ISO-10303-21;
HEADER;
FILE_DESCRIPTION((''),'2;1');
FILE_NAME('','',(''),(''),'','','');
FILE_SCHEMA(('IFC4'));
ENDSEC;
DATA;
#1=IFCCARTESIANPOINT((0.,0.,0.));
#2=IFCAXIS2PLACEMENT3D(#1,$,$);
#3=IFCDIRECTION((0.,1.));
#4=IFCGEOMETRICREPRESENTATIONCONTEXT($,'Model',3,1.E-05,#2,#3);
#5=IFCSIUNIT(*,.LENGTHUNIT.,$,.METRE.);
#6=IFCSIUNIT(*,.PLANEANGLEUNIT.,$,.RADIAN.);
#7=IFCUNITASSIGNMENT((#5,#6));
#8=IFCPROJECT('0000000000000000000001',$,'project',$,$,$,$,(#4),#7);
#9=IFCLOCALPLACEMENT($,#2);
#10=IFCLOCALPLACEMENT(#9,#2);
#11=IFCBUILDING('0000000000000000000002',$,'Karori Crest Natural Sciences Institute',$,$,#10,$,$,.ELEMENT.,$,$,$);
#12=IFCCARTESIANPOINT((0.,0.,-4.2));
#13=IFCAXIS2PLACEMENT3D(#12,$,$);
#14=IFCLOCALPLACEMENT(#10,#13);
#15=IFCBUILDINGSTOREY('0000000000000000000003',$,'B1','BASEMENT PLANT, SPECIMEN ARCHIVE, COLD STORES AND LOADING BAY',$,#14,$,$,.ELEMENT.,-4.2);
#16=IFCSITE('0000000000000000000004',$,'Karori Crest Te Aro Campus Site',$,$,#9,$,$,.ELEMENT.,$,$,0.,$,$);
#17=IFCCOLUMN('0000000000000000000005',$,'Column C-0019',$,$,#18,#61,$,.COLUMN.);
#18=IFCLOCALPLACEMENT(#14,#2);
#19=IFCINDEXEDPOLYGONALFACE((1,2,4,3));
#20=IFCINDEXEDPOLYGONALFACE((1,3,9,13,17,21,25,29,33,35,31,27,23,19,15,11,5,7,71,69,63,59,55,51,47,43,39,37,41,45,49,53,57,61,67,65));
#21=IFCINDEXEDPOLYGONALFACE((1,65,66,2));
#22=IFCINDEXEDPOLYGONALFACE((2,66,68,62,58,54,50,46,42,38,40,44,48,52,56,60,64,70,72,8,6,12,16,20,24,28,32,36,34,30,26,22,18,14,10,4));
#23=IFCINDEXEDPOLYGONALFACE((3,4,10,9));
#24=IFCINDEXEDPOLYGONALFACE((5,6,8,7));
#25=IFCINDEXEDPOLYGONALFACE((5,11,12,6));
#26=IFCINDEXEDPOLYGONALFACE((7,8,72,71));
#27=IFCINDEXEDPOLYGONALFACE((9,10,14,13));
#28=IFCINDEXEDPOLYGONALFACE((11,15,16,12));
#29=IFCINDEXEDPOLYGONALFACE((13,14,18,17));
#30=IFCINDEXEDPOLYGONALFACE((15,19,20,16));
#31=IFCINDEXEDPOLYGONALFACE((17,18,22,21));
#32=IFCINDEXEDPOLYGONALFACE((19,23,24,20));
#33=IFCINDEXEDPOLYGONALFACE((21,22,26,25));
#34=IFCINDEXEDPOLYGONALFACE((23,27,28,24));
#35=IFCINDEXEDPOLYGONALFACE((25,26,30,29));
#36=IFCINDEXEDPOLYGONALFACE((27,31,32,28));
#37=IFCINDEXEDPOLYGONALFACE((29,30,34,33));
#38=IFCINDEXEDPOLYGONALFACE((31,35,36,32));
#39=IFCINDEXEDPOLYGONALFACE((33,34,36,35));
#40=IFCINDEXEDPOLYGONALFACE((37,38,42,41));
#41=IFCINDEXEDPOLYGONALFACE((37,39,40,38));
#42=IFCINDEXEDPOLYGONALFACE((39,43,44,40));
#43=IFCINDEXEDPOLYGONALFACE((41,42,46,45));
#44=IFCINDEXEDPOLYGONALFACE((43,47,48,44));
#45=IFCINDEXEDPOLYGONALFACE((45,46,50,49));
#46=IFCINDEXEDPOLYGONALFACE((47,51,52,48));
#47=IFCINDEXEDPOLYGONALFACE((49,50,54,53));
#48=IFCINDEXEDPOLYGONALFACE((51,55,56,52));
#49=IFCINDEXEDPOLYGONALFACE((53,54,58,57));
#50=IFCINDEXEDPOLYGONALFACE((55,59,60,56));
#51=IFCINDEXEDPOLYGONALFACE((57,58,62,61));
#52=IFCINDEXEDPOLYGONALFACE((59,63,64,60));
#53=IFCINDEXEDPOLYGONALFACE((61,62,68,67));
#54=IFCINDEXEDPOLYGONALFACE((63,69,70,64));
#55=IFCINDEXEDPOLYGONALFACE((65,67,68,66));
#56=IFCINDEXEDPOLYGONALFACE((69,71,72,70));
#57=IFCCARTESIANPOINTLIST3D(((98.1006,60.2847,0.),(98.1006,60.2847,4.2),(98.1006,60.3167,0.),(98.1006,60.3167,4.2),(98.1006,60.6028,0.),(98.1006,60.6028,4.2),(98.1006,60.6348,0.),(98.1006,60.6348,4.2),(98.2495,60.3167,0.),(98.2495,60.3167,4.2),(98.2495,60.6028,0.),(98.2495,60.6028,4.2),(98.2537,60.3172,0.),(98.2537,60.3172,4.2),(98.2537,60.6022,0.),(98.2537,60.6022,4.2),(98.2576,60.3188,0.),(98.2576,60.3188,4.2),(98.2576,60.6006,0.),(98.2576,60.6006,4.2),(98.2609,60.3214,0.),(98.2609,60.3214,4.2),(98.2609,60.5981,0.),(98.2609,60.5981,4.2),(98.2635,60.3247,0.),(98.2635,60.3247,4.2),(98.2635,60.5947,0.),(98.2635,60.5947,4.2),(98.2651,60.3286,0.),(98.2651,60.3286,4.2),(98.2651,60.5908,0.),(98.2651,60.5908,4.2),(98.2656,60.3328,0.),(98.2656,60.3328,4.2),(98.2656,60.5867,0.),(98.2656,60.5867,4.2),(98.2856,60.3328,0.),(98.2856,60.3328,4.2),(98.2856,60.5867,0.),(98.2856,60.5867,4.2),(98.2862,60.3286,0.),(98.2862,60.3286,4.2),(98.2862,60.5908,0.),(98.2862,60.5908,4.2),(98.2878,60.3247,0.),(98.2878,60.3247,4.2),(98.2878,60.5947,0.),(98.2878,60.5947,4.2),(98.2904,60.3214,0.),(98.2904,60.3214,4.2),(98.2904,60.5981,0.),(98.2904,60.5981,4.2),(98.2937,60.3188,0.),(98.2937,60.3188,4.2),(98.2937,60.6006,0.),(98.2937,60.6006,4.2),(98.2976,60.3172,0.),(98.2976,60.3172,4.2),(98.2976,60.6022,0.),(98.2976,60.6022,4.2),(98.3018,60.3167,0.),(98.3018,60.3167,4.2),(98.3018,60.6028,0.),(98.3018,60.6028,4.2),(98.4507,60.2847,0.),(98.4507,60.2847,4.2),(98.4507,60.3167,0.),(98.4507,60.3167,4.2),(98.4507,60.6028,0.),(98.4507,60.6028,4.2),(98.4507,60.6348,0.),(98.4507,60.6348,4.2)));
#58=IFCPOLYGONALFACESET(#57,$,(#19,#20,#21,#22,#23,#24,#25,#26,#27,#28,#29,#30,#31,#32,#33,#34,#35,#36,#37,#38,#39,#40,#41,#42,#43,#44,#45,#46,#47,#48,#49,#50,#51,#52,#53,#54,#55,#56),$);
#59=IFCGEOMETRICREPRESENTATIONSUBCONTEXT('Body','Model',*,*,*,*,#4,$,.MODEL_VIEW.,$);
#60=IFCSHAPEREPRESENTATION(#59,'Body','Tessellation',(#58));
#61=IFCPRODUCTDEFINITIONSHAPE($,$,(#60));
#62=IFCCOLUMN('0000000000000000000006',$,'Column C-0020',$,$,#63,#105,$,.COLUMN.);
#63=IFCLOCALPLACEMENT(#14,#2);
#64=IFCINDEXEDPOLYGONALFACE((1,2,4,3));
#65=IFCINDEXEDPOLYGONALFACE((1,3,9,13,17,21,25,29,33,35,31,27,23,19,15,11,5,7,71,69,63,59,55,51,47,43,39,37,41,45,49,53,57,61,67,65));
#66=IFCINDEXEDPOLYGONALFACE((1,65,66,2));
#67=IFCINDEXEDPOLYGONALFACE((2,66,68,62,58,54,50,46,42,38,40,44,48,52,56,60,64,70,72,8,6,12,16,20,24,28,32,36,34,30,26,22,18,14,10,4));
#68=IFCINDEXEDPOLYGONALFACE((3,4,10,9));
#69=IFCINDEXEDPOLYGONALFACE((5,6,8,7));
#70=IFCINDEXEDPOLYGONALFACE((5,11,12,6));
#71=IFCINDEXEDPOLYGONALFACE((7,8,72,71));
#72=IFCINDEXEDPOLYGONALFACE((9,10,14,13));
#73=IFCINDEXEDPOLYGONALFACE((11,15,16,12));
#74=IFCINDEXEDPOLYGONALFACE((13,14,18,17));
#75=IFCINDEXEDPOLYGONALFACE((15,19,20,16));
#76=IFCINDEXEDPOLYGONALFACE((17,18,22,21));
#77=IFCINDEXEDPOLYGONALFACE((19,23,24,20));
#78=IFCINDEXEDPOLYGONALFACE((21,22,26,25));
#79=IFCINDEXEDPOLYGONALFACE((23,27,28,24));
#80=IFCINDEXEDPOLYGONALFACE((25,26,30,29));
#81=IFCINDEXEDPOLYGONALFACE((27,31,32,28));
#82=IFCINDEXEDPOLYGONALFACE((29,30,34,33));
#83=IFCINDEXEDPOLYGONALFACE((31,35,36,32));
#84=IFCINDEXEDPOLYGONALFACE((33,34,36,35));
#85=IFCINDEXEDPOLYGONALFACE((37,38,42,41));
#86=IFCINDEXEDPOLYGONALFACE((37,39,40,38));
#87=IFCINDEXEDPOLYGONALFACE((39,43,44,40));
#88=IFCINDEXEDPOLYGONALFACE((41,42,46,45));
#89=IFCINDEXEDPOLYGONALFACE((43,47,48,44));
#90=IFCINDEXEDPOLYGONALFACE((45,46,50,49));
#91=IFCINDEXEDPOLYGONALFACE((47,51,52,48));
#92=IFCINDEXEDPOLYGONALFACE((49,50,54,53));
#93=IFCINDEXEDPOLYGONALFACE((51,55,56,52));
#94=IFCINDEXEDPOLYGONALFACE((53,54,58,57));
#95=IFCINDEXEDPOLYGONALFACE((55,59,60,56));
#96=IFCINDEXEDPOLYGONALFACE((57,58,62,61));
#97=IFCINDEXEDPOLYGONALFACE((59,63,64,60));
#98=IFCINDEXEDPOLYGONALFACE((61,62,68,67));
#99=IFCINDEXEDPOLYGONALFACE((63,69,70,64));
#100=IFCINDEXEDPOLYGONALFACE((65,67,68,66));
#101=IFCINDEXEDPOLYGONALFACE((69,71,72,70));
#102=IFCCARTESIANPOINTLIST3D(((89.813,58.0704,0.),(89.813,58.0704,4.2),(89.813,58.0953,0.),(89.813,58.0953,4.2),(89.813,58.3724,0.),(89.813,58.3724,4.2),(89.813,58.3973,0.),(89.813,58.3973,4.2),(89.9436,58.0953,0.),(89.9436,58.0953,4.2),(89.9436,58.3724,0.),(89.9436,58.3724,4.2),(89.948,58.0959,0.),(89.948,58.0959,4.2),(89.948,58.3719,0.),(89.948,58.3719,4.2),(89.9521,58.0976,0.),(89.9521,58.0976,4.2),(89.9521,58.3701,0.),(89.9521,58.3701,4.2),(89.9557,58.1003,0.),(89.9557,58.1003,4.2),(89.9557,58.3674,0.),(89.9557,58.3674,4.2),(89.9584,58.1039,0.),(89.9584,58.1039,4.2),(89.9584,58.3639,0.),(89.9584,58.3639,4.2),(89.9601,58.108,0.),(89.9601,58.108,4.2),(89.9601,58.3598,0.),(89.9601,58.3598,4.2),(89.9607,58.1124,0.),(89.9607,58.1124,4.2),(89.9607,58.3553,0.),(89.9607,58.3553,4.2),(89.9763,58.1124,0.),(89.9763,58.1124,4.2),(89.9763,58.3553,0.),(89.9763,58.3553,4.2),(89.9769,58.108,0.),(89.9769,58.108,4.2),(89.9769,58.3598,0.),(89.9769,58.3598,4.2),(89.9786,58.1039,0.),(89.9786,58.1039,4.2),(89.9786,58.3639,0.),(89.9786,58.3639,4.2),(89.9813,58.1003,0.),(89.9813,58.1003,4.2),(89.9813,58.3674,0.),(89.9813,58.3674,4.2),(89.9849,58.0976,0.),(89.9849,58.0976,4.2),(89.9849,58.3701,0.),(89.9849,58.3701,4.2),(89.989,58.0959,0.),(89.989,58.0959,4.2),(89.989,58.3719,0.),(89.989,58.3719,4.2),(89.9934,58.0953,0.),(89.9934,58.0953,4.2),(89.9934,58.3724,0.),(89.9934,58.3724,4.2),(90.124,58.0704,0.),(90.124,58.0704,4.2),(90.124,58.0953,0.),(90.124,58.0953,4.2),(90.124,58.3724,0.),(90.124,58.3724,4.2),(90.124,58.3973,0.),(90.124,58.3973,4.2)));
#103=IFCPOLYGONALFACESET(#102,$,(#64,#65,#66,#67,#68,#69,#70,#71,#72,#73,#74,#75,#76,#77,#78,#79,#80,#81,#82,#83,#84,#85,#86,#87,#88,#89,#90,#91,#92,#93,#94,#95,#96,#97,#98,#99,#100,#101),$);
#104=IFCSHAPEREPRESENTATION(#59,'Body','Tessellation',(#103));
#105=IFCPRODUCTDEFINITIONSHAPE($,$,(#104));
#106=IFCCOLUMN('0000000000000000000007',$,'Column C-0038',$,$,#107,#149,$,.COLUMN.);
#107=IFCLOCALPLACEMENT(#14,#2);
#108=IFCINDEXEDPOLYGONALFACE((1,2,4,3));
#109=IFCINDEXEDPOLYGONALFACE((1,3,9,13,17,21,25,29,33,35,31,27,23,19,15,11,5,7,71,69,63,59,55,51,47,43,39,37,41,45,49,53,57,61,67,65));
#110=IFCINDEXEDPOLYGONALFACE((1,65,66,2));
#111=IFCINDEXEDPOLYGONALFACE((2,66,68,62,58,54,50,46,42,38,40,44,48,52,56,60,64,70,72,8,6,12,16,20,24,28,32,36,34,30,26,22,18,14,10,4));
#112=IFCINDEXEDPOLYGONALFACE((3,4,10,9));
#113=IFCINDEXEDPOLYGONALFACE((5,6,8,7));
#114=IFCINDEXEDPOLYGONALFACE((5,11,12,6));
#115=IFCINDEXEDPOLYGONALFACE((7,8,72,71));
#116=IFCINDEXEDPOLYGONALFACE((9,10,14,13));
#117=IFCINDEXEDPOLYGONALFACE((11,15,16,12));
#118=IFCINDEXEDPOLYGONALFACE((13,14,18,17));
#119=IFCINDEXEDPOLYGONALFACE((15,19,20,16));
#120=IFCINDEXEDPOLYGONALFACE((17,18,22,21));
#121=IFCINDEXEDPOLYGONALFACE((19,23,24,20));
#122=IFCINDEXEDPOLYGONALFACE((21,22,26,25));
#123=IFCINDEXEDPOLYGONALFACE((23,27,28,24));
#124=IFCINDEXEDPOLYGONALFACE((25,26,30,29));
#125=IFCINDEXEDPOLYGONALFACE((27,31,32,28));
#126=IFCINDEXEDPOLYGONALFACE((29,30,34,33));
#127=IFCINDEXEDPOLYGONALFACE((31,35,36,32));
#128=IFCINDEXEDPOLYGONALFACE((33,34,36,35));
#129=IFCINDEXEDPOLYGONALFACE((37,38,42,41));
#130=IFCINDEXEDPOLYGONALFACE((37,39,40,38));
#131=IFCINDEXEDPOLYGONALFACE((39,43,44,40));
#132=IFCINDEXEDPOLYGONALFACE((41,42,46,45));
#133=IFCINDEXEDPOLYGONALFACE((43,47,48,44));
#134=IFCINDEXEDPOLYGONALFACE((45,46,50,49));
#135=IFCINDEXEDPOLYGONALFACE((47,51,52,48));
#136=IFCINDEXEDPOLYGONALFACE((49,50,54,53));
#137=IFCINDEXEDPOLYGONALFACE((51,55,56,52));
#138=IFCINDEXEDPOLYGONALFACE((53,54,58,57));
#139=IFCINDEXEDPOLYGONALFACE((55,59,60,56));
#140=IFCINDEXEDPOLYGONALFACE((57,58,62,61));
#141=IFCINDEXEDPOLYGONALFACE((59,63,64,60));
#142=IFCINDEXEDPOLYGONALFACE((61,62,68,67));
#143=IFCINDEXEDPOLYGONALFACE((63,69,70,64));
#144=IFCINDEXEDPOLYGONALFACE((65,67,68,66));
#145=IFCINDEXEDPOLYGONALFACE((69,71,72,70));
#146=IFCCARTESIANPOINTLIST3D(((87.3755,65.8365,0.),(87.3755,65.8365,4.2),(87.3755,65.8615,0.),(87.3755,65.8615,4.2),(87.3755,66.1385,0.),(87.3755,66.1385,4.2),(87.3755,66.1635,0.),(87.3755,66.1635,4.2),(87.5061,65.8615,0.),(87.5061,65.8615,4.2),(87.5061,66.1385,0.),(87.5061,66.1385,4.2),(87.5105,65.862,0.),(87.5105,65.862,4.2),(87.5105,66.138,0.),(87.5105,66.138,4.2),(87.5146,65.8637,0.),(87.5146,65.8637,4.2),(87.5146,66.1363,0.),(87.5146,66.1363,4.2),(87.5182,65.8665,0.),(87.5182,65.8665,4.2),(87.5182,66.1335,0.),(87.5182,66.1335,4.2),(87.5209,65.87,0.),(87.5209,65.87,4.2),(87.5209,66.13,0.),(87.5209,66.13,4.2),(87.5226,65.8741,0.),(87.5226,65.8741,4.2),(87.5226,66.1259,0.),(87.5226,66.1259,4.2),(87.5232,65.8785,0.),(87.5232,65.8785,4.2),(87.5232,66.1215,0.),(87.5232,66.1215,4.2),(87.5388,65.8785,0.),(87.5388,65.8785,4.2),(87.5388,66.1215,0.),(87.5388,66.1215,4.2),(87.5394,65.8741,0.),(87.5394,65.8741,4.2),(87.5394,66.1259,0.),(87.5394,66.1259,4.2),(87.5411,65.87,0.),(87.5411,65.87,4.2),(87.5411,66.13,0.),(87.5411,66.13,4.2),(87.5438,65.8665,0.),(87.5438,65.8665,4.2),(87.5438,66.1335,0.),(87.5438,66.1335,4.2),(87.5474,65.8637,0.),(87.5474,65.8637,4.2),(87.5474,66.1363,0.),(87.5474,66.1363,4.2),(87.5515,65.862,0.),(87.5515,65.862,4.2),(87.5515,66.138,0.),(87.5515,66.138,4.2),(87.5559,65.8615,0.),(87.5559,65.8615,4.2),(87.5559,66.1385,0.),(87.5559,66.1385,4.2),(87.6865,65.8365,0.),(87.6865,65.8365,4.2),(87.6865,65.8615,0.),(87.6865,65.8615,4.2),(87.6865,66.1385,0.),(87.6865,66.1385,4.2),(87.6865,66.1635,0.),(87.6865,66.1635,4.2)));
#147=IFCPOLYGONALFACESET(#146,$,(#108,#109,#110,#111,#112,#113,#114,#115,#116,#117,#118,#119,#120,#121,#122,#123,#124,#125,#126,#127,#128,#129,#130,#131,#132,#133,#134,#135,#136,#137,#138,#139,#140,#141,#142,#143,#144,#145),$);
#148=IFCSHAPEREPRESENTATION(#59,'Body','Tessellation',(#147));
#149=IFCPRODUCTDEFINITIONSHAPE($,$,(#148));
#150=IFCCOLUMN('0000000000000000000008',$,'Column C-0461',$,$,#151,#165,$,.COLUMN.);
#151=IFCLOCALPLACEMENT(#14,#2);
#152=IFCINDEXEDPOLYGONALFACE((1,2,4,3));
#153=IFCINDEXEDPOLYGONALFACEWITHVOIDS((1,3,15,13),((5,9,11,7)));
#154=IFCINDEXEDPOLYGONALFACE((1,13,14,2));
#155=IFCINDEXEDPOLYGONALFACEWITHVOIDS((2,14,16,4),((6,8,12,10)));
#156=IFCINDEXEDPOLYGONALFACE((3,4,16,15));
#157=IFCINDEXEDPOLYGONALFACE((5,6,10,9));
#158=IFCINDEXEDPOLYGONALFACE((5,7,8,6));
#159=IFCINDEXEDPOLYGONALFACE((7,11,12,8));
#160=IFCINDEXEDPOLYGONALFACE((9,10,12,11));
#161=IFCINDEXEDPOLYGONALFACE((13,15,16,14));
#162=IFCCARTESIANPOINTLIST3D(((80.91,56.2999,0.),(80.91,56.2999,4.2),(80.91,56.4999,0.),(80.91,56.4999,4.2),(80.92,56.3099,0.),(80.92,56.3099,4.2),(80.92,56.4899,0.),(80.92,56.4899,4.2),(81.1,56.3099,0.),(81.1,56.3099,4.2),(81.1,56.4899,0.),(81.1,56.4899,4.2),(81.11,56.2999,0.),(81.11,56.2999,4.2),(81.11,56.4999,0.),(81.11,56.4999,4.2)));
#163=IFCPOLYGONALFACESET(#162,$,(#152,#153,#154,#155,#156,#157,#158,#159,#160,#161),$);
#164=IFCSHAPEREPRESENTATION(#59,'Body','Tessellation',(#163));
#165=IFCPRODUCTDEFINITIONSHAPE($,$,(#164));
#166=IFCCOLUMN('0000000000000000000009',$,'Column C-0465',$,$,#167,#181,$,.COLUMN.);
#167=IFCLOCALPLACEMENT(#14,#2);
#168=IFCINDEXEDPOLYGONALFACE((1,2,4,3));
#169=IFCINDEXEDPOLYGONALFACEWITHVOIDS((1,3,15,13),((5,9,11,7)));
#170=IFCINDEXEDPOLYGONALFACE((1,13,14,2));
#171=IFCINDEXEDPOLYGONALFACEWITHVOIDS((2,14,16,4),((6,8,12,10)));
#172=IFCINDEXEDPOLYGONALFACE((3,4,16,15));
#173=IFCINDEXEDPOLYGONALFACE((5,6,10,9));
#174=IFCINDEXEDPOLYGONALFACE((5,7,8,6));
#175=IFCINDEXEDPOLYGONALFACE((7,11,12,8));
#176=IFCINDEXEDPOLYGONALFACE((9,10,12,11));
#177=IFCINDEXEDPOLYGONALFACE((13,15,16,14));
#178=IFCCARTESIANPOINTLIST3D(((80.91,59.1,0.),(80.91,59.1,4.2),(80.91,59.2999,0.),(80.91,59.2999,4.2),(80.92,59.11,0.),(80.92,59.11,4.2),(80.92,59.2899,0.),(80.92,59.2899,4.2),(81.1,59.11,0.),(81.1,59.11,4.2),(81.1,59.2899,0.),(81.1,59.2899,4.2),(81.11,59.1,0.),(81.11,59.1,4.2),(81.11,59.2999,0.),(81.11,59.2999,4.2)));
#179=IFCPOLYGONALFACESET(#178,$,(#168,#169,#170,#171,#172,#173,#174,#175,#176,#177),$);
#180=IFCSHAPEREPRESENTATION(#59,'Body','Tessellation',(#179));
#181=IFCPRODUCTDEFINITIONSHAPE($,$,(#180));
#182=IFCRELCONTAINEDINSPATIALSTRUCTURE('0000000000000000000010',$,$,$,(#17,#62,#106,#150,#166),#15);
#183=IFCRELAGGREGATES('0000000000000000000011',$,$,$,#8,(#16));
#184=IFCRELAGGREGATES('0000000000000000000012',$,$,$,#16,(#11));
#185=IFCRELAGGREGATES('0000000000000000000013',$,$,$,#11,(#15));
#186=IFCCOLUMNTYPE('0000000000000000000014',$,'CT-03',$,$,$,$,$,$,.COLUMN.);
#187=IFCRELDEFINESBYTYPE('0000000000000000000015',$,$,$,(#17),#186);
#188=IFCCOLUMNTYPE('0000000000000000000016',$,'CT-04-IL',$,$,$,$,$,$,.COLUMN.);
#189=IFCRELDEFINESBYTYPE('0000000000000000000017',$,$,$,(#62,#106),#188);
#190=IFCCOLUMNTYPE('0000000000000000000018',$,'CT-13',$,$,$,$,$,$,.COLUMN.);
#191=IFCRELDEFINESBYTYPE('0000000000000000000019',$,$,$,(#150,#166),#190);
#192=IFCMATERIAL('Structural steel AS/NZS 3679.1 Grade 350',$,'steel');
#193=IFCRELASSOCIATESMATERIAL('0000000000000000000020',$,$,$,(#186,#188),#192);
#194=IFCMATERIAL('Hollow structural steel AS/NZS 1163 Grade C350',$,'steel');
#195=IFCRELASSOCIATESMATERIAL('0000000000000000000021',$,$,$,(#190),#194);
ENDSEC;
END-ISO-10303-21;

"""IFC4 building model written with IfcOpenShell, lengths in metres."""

from ifc_helpers import new_model, si_unit, direction, frame, origin, origin_2d, place, context, subcontext, project, spatial, hollow_rectangle, i_section, extrude, material, material_profile, profile_set, type_object, element, save


model = new_model("IFC4")

# Units and contexts
model_context = context("Model", 3, precision=1e-05, world=origin(), true_north=direction((0.0, 1.0)))
body_context = subcontext(model_context, "Body", "Model", "MODEL_VIEW")
ifc_project = project(units=[si_unit("LENGTHUNIT", "METRE"), si_unit("PLANEANGLEUNIT", "RADIAN")], contexts=[model_context])

# Site, building, storey
site_placement = place(None, origin())
site = spatial("IfcSite", under=ifc_project, at=site_placement, Name="Karori Crest Te Aro Campus Site", CompositionType="ELEMENT", RefElevation=0.0)
building_placement = place(site_placement, origin())
building = spatial("IfcBuilding", under=site, at=building_placement, Name="Karori Crest Natural Sciences Institute", CompositionType="ELEMENT")
storey_placement = place(building_placement, frame((0.0, 0.0, -4.2)))
storey = spatial("IfcBuildingStorey", under=building, at=storey_placement, Name="B1", Description="BASEMENT PLANT, SPECIMEN ARCHIVE, COLD STORES AND LOADING BAY", CompositionType="ELEMENT", Elevation=-4.2)

# Columns
ifc_material_1 = material(Name="Structural steel AS/NZS 3679.1 Grade 350", Category="steel")
ifc_material_profile_1 = material_profile(ifc_material_1, i_section(OverallWidth=0.3501, OverallDepth=0.3501, WebThickness=0.02, FlangeThickness=0.032, FilletRadius=0.0161, at=origin_2d()), Name="350WC280")
ifc_profile_set_1 = profile_set([ifc_material_profile_1], Name="Structural steel AS/NZS 3679.1 Grade 350")
column_type_1 = type_object("IfcColumnType", Name="CT-03", PredefinedType="COLUMN", material=ifc_profile_set_1)
column_placement = place(storey_placement, frame((98.2756, 60.4597, 0.0), z_axis=(0.0, 0.0, 1.0), x_axis=(1.0, 0.0, 0.0)))
element("IfcColumn", 1, at=column_placement, inside=storey, type_object=column_type_1, Name="Column C-0019", PredefinedType="COLUMN", context=body_context, shape_type="SweptSolid", body=[
    extrude(i_section(OverallWidth=0.3501, OverallDepth=0.3501, WebThickness=0.02, FlangeThickness=0.032, FilletRadius=0.0161, at=origin_2d()), origin(), (0.0, 0.0, 1.0), 4.2),
])
ifc_material_profile_2 = material_profile(ifc_material_1, i_section(OverallWidth=0.311, OverallDepth=0.3269, WebThickness=0.0156, FlangeThickness=0.0249, FilletRadius=0.0171, at=origin_2d()), Name="310UC158")
ifc_profile_set_2 = profile_set([ifc_material_profile_2], Name="Structural steel AS/NZS 3679.1 Grade 350")
column_type_2 = type_object("IfcColumnType", Name="CT-04-IL", PredefinedType="COLUMN", material=ifc_profile_set_2)
for number, where, z_axis, x_axis, name in (
    (2, (89.9685, 58.2339, 0.0), (0.0, 0.0, 1.0), (1.0, 0.0, 0.0), "Column C-0020"),
    (3, (87.531, 66.0, 0.0), (0.0, 0.0, 1.0), (1.0, 0.0, 0.0), "Column C-0038"),
):
    element("IfcColumn", number, at=place(storey_placement, frame(where, z_axis=z_axis, x_axis=x_axis)), inside=storey, type_object=column_type_2, Name=name, PredefinedType="COLUMN", context=body_context, shape_type="SweptSolid", body=[
        extrude(i_section(OverallWidth=0.311, OverallDepth=0.3269, WebThickness=0.0156, FlangeThickness=0.0249, FilletRadius=0.0171, at=origin_2d()), origin(), (0.0, 0.0, 1.0), 4.2),
    ])
ifc_material_2 = material(Name="Hollow structural steel AS/NZS 1163 Grade C350", Category="steel")
ifc_material_profile_3 = material_profile(ifc_material_2, hollow_rectangle(XDim=0.2, YDim=0.2, WallThickness=0.01, at=origin_2d()), Name="SHS200x200x10")
ifc_profile_set_3 = profile_set([ifc_material_profile_3], Name="Hollow structural steel AS/NZS 1163 Grade C350")
column_type_3 = type_object("IfcColumnType", Name="CT-13", PredefinedType="COLUMN", material=ifc_profile_set_3)
for number, where, z_axis, x_axis, name in (
    (4, (81.01, 56.3999, 0.0), (0.0, 0.0, 1.0), (1.0, 0.0, 0.0), "Column C-0461"),
    (5, (81.01, 59.2, 0.0), (0.0, 0.0, 1.0), (1.0, 0.0, 0.0), "Column C-0465"),
):
    element("IfcColumn", number, at=place(storey_placement, frame(where, z_axis=z_axis, x_axis=x_axis)), inside=storey, type_object=column_type_3, Name=name, PredefinedType="COLUMN", context=body_context, shape_type="SweptSolid", body=[
        extrude(hollow_rectangle(XDim=0.2, YDim=0.2, WallThickness=0.01, at=origin_2d()), origin(), (0.0, 0.0, 1.0), 4.2),
    ])

save(model, "model.ifc")
